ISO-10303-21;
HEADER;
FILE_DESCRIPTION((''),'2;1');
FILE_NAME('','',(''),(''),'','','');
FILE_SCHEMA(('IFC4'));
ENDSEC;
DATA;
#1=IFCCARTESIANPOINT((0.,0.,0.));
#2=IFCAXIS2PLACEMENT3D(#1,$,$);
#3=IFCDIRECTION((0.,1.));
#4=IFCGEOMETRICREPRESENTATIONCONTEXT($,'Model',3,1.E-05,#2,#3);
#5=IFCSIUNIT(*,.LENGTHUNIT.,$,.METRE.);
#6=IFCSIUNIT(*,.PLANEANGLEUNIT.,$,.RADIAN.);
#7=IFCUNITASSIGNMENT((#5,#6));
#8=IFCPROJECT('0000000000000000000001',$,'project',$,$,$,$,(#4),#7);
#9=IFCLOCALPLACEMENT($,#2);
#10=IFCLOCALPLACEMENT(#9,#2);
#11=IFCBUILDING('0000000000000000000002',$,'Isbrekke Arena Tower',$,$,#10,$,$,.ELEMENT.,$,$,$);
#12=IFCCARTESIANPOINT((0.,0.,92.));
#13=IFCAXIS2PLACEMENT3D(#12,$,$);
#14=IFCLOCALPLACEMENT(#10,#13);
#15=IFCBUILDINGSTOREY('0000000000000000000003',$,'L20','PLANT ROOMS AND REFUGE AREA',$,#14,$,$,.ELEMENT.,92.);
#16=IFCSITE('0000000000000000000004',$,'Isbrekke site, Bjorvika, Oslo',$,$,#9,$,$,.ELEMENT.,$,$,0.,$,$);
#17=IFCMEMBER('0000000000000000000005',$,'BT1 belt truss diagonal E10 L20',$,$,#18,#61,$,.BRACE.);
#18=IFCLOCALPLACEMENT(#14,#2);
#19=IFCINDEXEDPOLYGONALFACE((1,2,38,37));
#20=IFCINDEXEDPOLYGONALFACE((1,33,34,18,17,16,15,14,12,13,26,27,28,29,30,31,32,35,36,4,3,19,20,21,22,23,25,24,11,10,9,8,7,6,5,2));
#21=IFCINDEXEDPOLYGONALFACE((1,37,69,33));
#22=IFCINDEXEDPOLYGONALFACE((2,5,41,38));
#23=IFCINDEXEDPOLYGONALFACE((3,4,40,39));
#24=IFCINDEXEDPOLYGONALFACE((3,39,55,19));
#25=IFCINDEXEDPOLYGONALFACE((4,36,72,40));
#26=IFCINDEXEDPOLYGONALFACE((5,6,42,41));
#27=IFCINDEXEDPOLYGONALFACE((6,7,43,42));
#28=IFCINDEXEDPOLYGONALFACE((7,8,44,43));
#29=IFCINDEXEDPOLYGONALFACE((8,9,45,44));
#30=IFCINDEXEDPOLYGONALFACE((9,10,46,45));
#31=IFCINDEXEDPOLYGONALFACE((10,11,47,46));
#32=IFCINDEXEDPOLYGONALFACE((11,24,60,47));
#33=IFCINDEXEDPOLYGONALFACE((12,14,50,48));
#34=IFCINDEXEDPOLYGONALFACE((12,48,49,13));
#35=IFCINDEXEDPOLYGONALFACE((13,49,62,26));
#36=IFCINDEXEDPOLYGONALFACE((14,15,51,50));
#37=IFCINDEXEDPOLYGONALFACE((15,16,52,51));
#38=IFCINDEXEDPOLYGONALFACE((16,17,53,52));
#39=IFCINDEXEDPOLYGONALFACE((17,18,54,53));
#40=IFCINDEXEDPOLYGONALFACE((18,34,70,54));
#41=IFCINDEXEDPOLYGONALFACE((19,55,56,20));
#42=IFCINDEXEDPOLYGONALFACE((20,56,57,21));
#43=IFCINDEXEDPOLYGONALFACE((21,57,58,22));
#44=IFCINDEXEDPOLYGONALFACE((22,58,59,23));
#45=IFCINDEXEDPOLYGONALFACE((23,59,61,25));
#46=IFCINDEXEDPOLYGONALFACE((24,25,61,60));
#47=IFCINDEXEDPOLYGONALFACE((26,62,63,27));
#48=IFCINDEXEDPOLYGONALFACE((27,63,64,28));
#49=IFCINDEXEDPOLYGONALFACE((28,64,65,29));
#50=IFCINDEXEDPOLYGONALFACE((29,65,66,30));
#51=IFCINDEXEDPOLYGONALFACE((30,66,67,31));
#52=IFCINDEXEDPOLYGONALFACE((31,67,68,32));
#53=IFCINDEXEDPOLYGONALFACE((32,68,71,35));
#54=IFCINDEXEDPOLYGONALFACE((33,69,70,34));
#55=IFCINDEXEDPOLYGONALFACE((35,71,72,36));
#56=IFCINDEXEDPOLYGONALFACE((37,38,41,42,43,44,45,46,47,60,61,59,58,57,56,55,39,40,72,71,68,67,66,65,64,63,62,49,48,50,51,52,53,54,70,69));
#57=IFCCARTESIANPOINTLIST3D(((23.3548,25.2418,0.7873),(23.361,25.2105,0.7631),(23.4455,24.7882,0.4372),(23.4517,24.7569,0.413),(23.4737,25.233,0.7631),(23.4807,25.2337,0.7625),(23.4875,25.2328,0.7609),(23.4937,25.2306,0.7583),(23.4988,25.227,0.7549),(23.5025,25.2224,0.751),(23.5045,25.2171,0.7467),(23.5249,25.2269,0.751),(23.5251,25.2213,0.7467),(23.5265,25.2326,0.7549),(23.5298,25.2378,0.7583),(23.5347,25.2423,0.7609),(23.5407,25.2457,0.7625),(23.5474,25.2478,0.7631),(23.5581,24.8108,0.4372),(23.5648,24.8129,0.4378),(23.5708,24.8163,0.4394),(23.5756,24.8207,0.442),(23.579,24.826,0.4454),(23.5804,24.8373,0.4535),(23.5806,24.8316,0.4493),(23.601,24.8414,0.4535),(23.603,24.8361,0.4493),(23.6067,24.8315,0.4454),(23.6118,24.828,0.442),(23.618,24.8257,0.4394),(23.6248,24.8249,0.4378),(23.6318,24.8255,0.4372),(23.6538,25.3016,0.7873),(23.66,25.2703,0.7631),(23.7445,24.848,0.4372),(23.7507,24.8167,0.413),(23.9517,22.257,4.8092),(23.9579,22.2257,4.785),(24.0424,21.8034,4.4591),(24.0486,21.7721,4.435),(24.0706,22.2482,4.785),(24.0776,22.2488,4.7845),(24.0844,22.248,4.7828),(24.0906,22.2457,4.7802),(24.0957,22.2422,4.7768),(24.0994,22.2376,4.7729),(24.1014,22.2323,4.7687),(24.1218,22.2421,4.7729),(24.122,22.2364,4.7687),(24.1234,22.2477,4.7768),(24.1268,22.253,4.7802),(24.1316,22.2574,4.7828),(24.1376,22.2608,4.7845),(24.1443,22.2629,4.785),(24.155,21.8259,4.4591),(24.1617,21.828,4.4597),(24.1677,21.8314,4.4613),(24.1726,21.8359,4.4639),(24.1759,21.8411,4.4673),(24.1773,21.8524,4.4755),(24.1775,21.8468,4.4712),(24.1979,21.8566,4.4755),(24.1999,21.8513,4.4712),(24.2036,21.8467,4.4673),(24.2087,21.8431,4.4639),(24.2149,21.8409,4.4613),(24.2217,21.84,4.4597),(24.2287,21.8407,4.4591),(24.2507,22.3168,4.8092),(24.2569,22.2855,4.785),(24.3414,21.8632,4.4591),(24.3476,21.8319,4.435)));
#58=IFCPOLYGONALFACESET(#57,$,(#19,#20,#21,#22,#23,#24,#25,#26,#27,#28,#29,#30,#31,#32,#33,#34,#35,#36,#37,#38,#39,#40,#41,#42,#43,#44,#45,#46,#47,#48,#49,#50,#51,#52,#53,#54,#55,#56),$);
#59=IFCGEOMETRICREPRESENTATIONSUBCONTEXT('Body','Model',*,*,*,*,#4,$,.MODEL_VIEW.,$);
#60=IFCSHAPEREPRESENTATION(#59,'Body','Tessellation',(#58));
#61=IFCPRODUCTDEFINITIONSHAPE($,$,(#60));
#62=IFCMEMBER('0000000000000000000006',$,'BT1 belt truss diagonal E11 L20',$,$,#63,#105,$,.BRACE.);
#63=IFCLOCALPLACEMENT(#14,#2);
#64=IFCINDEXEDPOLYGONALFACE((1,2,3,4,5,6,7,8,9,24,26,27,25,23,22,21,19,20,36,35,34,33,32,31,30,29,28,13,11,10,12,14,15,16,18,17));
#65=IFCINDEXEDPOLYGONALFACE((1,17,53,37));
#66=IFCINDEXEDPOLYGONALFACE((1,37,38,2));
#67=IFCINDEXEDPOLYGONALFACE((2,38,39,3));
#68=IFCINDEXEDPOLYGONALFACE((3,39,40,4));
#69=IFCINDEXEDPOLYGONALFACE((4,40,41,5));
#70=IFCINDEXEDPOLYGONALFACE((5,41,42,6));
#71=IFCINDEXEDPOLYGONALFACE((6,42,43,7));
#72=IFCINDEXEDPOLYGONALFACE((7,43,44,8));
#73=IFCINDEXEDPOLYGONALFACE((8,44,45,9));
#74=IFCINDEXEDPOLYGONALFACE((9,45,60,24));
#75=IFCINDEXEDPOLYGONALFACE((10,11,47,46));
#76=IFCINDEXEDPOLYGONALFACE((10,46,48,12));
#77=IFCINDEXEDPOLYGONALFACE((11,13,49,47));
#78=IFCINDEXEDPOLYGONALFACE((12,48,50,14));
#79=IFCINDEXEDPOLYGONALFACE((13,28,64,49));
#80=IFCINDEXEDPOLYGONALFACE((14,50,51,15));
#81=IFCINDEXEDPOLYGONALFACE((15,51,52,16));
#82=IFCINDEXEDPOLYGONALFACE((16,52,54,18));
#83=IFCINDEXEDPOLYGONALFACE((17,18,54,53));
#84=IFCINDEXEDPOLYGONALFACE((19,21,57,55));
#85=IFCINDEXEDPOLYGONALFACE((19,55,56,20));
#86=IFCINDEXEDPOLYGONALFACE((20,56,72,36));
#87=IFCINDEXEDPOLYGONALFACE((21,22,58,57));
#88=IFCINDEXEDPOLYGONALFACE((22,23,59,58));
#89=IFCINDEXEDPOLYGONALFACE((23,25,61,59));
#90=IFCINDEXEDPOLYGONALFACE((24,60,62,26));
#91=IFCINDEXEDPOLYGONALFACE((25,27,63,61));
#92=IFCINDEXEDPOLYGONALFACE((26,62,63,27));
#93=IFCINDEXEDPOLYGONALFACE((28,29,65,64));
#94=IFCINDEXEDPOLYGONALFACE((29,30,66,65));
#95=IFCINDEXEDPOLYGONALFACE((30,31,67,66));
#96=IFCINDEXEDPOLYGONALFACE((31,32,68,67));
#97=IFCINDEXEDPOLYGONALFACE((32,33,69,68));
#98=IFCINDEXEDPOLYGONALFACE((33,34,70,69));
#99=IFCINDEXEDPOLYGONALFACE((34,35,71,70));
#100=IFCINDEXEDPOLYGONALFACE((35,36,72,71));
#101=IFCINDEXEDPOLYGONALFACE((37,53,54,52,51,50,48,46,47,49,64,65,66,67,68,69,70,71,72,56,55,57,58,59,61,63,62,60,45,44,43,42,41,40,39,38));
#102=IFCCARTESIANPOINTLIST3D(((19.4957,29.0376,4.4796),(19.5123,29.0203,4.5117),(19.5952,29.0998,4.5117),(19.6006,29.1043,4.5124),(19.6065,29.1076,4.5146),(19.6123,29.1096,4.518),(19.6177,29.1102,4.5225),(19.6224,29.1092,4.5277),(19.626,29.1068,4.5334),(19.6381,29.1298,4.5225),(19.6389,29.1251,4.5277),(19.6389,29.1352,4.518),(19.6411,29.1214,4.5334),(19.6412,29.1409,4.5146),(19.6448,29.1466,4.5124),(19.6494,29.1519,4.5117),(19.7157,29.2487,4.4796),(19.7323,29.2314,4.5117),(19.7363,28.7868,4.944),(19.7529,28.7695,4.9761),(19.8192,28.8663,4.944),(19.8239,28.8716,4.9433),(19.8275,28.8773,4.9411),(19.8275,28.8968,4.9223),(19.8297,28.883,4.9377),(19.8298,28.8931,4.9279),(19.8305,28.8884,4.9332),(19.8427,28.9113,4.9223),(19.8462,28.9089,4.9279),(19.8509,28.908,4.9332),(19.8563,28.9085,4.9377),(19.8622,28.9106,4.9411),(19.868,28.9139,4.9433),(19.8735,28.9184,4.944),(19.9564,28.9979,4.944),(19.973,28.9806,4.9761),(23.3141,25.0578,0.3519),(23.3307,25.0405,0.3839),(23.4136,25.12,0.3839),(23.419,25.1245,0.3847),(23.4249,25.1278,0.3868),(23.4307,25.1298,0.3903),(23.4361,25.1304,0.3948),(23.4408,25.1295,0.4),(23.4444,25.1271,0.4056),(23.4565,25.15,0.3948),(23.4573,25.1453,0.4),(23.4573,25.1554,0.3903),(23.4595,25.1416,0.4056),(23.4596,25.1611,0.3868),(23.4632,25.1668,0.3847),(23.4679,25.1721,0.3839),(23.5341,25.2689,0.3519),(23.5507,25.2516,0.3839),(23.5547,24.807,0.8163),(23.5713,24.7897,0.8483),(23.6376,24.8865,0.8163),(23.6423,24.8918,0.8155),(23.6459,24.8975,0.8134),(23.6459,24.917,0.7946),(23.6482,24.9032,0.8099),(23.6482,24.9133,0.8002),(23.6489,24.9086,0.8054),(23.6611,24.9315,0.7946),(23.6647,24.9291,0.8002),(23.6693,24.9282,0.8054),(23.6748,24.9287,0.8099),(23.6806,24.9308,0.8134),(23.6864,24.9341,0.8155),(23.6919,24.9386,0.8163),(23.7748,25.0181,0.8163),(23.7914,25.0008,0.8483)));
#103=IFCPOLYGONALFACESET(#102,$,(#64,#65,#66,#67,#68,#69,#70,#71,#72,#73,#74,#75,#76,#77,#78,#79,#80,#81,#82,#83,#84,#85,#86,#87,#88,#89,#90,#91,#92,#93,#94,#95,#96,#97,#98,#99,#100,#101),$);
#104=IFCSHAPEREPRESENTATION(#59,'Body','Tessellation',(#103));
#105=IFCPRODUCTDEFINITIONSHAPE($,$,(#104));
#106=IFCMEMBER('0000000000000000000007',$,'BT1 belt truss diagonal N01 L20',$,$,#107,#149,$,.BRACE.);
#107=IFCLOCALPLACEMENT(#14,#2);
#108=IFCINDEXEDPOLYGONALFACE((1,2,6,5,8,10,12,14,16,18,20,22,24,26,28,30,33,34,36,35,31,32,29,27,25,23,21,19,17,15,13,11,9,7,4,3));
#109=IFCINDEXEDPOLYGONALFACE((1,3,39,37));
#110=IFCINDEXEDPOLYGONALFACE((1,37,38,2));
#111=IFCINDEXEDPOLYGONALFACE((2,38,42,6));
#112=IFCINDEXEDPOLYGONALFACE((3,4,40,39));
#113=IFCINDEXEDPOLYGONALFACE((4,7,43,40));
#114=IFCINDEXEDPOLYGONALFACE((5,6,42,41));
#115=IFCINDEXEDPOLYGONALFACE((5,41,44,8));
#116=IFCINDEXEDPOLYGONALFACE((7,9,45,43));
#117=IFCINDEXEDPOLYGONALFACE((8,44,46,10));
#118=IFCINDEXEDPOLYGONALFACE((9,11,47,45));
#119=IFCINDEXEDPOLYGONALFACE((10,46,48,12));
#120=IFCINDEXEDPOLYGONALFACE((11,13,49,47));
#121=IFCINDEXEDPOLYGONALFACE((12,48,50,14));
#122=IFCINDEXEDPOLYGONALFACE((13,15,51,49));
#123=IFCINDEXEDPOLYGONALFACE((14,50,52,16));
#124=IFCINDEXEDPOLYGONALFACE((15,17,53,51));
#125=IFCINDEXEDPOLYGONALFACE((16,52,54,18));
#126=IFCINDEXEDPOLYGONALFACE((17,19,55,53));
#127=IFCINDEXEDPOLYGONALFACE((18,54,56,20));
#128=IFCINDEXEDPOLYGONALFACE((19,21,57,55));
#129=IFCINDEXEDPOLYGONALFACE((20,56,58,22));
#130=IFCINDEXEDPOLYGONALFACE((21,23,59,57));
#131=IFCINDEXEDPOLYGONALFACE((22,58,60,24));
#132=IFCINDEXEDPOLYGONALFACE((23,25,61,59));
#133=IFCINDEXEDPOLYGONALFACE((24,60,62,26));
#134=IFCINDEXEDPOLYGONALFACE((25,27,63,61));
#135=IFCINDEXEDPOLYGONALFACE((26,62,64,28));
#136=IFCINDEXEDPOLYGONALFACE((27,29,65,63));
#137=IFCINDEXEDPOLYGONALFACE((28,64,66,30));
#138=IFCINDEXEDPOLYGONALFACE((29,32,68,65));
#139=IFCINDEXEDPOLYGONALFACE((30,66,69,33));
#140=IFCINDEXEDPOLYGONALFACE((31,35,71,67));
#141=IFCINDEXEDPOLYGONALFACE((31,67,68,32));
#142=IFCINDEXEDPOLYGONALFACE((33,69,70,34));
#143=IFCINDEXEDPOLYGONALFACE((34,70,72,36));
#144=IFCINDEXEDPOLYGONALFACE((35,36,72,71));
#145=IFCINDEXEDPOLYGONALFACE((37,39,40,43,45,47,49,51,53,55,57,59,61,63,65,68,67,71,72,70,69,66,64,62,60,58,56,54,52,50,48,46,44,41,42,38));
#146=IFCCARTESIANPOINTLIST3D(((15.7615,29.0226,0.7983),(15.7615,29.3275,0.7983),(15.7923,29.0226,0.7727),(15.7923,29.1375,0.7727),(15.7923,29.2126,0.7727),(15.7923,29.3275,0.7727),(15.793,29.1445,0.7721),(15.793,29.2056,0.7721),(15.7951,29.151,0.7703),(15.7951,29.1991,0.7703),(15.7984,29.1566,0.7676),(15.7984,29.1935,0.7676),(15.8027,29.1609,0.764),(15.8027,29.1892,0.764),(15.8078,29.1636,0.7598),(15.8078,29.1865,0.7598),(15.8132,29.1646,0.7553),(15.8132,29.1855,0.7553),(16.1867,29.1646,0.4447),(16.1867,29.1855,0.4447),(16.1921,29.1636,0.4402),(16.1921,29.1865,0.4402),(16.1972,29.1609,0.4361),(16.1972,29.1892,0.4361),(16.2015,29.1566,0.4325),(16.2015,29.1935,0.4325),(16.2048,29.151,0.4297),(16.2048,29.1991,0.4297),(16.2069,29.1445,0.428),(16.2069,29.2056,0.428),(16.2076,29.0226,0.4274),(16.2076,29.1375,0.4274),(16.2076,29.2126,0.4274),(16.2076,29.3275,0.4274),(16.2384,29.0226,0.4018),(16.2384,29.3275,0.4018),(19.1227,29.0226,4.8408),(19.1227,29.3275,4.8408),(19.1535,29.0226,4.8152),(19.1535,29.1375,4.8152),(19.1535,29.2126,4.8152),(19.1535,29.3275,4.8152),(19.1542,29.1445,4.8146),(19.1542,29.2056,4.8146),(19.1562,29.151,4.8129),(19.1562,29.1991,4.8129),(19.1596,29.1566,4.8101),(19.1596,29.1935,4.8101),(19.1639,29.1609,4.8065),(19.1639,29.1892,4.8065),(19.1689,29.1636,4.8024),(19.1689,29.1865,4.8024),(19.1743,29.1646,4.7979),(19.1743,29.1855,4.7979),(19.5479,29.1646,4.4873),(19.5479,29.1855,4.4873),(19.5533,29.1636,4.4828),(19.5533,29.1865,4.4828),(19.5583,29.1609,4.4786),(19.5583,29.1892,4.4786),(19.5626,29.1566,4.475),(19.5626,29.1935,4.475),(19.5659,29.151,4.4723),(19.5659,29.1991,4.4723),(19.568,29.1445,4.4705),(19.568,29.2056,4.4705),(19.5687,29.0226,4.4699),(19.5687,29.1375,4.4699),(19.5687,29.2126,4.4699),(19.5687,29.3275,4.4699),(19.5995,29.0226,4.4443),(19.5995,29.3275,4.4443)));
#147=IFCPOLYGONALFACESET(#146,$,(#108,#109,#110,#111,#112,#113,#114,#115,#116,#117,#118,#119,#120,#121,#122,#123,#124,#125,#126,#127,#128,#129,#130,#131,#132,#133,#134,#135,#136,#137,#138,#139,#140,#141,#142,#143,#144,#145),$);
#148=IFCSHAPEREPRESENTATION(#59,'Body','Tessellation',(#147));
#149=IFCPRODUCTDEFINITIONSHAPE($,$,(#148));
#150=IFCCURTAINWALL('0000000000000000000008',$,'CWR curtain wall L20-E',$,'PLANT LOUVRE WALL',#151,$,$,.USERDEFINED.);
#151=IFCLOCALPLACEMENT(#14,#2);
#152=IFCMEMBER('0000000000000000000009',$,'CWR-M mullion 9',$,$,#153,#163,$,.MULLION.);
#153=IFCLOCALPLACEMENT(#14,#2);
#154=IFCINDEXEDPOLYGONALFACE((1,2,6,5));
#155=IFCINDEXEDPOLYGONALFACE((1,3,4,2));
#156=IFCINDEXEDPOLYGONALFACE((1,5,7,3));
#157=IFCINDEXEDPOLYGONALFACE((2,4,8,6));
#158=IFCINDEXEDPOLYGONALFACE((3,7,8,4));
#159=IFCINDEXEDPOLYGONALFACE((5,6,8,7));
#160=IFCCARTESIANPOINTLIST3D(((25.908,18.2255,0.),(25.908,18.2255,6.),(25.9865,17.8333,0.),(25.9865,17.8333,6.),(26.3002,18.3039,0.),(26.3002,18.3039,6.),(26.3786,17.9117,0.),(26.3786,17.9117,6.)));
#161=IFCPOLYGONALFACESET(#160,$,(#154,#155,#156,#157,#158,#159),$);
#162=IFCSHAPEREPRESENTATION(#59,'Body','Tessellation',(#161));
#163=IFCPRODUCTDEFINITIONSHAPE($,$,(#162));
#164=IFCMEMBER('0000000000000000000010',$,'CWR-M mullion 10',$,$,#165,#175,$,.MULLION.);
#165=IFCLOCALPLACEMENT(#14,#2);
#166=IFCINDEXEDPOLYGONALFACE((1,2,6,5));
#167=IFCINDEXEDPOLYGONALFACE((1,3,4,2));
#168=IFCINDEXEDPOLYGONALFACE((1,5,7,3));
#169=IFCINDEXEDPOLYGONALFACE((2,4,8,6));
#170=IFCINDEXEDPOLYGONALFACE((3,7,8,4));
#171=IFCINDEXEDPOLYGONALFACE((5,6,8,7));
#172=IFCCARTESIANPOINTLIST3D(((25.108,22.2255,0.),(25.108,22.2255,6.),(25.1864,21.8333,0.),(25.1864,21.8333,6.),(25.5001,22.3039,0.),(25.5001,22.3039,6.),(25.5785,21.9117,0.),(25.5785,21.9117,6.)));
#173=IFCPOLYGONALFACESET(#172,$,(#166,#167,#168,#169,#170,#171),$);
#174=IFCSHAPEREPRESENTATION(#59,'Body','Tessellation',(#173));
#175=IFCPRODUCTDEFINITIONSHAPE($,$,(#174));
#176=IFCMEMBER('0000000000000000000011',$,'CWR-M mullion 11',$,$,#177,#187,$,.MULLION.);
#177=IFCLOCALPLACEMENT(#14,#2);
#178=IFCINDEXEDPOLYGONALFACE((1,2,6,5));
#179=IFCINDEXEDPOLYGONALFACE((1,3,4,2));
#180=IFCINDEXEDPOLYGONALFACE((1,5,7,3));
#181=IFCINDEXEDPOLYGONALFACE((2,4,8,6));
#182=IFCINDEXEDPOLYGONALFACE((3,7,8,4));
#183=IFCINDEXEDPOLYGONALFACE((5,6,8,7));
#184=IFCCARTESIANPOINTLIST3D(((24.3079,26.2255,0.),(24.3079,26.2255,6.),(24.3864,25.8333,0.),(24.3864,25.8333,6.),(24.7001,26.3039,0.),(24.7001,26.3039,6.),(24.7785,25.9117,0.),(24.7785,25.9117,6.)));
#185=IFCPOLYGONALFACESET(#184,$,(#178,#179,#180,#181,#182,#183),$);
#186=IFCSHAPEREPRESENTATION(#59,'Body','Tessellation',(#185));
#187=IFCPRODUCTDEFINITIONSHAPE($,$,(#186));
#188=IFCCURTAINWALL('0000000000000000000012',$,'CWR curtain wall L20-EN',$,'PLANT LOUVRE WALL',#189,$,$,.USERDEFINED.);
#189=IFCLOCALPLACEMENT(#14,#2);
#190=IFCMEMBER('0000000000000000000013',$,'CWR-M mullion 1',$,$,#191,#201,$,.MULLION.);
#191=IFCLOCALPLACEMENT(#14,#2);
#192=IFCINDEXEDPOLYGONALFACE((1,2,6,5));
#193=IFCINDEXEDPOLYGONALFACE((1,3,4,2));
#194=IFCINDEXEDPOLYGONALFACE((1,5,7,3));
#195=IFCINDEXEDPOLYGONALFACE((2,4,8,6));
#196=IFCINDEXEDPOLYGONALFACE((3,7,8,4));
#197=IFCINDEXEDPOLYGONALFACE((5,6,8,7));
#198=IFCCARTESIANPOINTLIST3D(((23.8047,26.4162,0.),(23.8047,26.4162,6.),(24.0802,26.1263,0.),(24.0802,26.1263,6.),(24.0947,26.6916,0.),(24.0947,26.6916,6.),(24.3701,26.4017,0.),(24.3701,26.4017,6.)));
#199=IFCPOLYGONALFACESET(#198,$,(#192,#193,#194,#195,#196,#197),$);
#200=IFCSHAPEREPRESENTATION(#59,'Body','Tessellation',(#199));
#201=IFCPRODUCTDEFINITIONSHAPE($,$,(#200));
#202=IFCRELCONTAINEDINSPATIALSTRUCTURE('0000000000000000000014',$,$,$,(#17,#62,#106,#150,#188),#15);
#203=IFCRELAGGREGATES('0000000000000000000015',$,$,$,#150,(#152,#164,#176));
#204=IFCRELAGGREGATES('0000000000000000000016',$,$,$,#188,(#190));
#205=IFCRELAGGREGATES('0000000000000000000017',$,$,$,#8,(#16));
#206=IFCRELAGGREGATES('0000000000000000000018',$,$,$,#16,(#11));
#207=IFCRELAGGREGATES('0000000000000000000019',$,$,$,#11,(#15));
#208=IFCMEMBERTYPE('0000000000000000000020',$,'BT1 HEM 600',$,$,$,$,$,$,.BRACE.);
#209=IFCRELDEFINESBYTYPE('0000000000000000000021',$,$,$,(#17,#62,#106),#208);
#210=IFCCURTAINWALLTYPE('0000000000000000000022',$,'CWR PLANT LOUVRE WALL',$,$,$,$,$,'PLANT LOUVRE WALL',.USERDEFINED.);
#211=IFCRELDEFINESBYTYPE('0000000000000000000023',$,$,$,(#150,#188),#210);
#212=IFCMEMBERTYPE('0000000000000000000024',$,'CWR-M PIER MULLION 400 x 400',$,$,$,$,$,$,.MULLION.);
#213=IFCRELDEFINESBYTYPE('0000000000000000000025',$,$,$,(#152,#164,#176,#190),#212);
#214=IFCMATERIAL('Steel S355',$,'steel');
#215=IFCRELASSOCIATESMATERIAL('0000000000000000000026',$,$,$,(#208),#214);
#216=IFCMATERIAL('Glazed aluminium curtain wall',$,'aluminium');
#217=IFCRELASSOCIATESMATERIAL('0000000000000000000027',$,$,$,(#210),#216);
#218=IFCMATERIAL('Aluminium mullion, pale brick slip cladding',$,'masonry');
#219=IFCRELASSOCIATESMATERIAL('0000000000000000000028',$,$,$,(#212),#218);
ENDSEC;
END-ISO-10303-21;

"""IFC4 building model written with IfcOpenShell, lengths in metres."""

from ifc_helpers import new_model, si_unit, direction, frame, origin, origin_2d, place, context, subcontext, project, spatial, rectangle, i_section, extrude, material, material_profile, profile_set, type_object, element, aggregate, save


model = new_model("IFC4")

# Units and contexts
model_context = context("Model", 3, precision=1e-05, world=origin(), true_north=direction((0.0, 1.0)))
body_context = subcontext(model_context, "Body", "Model", "MODEL_VIEW")
ifc_project = project(units=[si_unit("LENGTHUNIT", "METRE"), si_unit("PLANEANGLEUNIT", "RADIAN")], contexts=[model_context])

# Site, building, storey
site_placement = place(None, origin())
site = spatial("IfcSite", under=ifc_project, at=site_placement, Name="Isbrekke site, Bjorvika, Oslo", CompositionType="ELEMENT", RefElevation=0.0)
building_placement = place(site_placement, origin())
building = spatial("IfcBuilding", under=site, at=building_placement, Name="Isbrekke Arena Tower", CompositionType="ELEMENT")
storey_placement = place(building_placement, frame((0.0, 0.0, 92.0)))
storey = spatial("IfcBuildingStorey", under=building, at=storey_placement, Name="L20", Description="PLANT ROOMS AND REFUGE AREA", CompositionType="ELEMENT", Elevation=92.0)

# Members
ifc_material_1 = material(Name="Steel S355", Category="steel")
ifc_material_profile_1 = material_profile(ifc_material_1, i_section(OverallWidth=0.3049, OverallDepth=0.6201, WebThickness=0.021, FlangeThickness=0.04, FilletRadius=0.0271, at=origin_2d()), Name="HEM 600")
ifc_profile_set_1 = profile_set([ifc_material_profile_1], Name="Steel S355")
member_type_1 = type_object("IfcMemberType", Name="BT1 HEM 600", PredefinedType="BRACE", material=ifc_profile_set_1)
member_1_placement = place(storey_placement, frame((24.1497, 22.0444, 4.6221), z_axis=(-0.118343, 0.591764, -0.797377), x_axis=(-0.980584, -0.196101, 0.0)))
element("IfcMember", 1, at=member_1_placement, inside=storey, type_object=member_type_1, Name="BT1 belt truss diagonal E10 L20", PredefinedType="BRACE", context=body_context, shape_type="SweptSolid", body=[
    extrude(i_section(OverallWidth=0.3049, OverallDepth=0.6201, WebThickness=0.021, FlangeThickness=0.04, FilletRadius=0.0271, at=origin_2d()), origin(), (0.0, 0.0, 1.0), 5.0439),
])
member_2_placement = place(storey_placement, frame((23.5527, 25.0293, 0.6001), z_axis=(-0.554283, 0.577709, 0.599185), x_axis=(-0.721585, -0.692325, 0.0)))
element("IfcMember", 2, at=member_2_placement, inside=storey, type_object=member_type_1, Name="BT1 belt truss diagonal E11 L20", PredefinedType="BRACE", context=body_context, shape_type="SweptSolid", body=[
    extrude(i_section(OverallWidth=0.3049, OverallDepth=0.6201, WebThickness=0.021, FlangeThickness=0.04, FilletRadius=0.0271, at=origin_2d()), origin(), (0.0, 0.0, 1.0), 6.8889),
])
member_3_placement = place(storey_placement, frame((19.3611, 29.175, 4.6426), z_axis=(-0.639325, 0.0, -0.768936), x_axis=(0.0, -1.0, 0.0)))
element("IfcMember", 3, at=member_3_placement, inside=storey, type_object=member_type_1, Name="BT1 belt truss diagonal N01 L20", PredefinedType="BRACE", context=body_context, shape_type="SweptSolid", body=[
    extrude(i_section(OverallWidth=0.3049, OverallDepth=0.6201, WebThickness=0.021, FlangeThickness=0.04, FilletRadius=0.0271, at=origin_2d()), origin(), (0.0, 0.0, 1.0), 5.2573),
])

# Curtain walls, members
ifc_material_2 = material(Name="Glazed aluminium curtain wall", Category="aluminium")
curtain_wall_type = type_object("IfcCurtainWallType", Name="CWR PLANT LOUVRE WALL", ElementType="PLANT LOUVRE WALL", PredefinedType="USERDEFINED", material=ifc_material_2)
curtain_wall_1_placement = place(storey_placement, origin())
curtain_wall_1 = element("IfcCurtainWall", 4, at=curtain_wall_1_placement, inside=storey, type_object=curtain_wall_type, Name="CWR curtain wall L20-E", ObjectType="PLANT LOUVRE WALL", PredefinedType="USERDEFINED")
ifc_material_3 = material(Name="Aluminium mullion, pale brick slip cladding", Category="masonry")
ifc_material_profile_2 = material_profile(ifc_material_3, rectangle(XDim=0.3999, YDim=0.3999, at=origin_2d()), Name="PIER 400X400")
ifc_profile_set_2 = profile_set([ifc_material_profile_2], Name="Aluminium mullion, pale brick slip cladding")
member_type_2 = type_object("IfcMemberType", Name="CWR-M PIER MULLION 400 x 400", PredefinedType="MULLION", material=ifc_profile_set_2)
member_4_placement = place(storey_placement, frame((26.1433, 18.0686, 0.0), z_axis=(0.0, 0.0, 1.0), x_axis=(-0.196116, 0.980581, 0.0)))
member_4 = element("IfcMember", 5, at=member_4_placement, type_object=member_type_2, Name="CWR-M mullion 9", PredefinedType="MULLION", context=body_context, shape_type="SweptSolid", body=[
    extrude(rectangle(XDim=0.3999, YDim=0.3999, at=origin_2d()), origin(), (0.0, 0.0, 1.0), 6.0),
])
member_5_placement = place(storey_placement, frame((25.3433, 22.0686, 0.0), z_axis=(0.0, 0.0, 1.0), x_axis=(-0.196116, 0.980581, 0.0)))
member_5 = element("IfcMember", 6, at=member_5_placement, type_object=member_type_2, Name="CWR-M mullion 10", PredefinedType="MULLION", context=body_context, shape_type="SweptSolid", body=[
    extrude(rectangle(XDim=0.3999, YDim=0.3999, at=origin_2d()), origin(), (0.0, 0.0, 1.0), 6.0),
])
member_6_placement = place(storey_placement, frame((24.5432, 26.0686, 0.0), z_axis=(0.0, 0.0, 1.0), x_axis=(-0.196116, 0.980581, 0.0)))
member_6 = element("IfcMember", 7, at=member_6_placement, type_object=member_type_2, Name="CWR-M mullion 11", PredefinedType="MULLION", context=body_context, shape_type="SweptSolid", body=[
    extrude(rectangle(XDim=0.3999, YDim=0.3999, at=origin_2d()), origin(), (0.0, 0.0, 1.0), 6.0),
])
curtain_wall_2_placement = place(storey_placement, origin())
curtain_wall_2 = element("IfcCurtainWall", 8, at=curtain_wall_2_placement, inside=storey, type_object=curtain_wall_type, Name="CWR curtain wall L20-EN", ObjectType="PLANT LOUVRE WALL", PredefinedType="USERDEFINED")
member_7_placement = place(storey_placement, frame((24.0874, 26.4089, 0.0), z_axis=(0.0, 0.0, 1.0), x_axis=(-0.688749, 0.724999, 0.0)))
member_7 = element("IfcMember", 9, at=member_7_placement, type_object=member_type_2, Name="CWR-M mullion 1", PredefinedType="MULLION", context=body_context, shape_type="SweptSolid", body=[
    extrude(rectangle(XDim=0.3999, YDim=0.3999, at=origin_2d()), origin(), (0.0, 0.0, 1.0), 6.0),
])

aggregate(curtain_wall_1, [member_4, member_5, member_6])
aggregate(curtain_wall_2, [member_7])

save(model, "model.ifc")
